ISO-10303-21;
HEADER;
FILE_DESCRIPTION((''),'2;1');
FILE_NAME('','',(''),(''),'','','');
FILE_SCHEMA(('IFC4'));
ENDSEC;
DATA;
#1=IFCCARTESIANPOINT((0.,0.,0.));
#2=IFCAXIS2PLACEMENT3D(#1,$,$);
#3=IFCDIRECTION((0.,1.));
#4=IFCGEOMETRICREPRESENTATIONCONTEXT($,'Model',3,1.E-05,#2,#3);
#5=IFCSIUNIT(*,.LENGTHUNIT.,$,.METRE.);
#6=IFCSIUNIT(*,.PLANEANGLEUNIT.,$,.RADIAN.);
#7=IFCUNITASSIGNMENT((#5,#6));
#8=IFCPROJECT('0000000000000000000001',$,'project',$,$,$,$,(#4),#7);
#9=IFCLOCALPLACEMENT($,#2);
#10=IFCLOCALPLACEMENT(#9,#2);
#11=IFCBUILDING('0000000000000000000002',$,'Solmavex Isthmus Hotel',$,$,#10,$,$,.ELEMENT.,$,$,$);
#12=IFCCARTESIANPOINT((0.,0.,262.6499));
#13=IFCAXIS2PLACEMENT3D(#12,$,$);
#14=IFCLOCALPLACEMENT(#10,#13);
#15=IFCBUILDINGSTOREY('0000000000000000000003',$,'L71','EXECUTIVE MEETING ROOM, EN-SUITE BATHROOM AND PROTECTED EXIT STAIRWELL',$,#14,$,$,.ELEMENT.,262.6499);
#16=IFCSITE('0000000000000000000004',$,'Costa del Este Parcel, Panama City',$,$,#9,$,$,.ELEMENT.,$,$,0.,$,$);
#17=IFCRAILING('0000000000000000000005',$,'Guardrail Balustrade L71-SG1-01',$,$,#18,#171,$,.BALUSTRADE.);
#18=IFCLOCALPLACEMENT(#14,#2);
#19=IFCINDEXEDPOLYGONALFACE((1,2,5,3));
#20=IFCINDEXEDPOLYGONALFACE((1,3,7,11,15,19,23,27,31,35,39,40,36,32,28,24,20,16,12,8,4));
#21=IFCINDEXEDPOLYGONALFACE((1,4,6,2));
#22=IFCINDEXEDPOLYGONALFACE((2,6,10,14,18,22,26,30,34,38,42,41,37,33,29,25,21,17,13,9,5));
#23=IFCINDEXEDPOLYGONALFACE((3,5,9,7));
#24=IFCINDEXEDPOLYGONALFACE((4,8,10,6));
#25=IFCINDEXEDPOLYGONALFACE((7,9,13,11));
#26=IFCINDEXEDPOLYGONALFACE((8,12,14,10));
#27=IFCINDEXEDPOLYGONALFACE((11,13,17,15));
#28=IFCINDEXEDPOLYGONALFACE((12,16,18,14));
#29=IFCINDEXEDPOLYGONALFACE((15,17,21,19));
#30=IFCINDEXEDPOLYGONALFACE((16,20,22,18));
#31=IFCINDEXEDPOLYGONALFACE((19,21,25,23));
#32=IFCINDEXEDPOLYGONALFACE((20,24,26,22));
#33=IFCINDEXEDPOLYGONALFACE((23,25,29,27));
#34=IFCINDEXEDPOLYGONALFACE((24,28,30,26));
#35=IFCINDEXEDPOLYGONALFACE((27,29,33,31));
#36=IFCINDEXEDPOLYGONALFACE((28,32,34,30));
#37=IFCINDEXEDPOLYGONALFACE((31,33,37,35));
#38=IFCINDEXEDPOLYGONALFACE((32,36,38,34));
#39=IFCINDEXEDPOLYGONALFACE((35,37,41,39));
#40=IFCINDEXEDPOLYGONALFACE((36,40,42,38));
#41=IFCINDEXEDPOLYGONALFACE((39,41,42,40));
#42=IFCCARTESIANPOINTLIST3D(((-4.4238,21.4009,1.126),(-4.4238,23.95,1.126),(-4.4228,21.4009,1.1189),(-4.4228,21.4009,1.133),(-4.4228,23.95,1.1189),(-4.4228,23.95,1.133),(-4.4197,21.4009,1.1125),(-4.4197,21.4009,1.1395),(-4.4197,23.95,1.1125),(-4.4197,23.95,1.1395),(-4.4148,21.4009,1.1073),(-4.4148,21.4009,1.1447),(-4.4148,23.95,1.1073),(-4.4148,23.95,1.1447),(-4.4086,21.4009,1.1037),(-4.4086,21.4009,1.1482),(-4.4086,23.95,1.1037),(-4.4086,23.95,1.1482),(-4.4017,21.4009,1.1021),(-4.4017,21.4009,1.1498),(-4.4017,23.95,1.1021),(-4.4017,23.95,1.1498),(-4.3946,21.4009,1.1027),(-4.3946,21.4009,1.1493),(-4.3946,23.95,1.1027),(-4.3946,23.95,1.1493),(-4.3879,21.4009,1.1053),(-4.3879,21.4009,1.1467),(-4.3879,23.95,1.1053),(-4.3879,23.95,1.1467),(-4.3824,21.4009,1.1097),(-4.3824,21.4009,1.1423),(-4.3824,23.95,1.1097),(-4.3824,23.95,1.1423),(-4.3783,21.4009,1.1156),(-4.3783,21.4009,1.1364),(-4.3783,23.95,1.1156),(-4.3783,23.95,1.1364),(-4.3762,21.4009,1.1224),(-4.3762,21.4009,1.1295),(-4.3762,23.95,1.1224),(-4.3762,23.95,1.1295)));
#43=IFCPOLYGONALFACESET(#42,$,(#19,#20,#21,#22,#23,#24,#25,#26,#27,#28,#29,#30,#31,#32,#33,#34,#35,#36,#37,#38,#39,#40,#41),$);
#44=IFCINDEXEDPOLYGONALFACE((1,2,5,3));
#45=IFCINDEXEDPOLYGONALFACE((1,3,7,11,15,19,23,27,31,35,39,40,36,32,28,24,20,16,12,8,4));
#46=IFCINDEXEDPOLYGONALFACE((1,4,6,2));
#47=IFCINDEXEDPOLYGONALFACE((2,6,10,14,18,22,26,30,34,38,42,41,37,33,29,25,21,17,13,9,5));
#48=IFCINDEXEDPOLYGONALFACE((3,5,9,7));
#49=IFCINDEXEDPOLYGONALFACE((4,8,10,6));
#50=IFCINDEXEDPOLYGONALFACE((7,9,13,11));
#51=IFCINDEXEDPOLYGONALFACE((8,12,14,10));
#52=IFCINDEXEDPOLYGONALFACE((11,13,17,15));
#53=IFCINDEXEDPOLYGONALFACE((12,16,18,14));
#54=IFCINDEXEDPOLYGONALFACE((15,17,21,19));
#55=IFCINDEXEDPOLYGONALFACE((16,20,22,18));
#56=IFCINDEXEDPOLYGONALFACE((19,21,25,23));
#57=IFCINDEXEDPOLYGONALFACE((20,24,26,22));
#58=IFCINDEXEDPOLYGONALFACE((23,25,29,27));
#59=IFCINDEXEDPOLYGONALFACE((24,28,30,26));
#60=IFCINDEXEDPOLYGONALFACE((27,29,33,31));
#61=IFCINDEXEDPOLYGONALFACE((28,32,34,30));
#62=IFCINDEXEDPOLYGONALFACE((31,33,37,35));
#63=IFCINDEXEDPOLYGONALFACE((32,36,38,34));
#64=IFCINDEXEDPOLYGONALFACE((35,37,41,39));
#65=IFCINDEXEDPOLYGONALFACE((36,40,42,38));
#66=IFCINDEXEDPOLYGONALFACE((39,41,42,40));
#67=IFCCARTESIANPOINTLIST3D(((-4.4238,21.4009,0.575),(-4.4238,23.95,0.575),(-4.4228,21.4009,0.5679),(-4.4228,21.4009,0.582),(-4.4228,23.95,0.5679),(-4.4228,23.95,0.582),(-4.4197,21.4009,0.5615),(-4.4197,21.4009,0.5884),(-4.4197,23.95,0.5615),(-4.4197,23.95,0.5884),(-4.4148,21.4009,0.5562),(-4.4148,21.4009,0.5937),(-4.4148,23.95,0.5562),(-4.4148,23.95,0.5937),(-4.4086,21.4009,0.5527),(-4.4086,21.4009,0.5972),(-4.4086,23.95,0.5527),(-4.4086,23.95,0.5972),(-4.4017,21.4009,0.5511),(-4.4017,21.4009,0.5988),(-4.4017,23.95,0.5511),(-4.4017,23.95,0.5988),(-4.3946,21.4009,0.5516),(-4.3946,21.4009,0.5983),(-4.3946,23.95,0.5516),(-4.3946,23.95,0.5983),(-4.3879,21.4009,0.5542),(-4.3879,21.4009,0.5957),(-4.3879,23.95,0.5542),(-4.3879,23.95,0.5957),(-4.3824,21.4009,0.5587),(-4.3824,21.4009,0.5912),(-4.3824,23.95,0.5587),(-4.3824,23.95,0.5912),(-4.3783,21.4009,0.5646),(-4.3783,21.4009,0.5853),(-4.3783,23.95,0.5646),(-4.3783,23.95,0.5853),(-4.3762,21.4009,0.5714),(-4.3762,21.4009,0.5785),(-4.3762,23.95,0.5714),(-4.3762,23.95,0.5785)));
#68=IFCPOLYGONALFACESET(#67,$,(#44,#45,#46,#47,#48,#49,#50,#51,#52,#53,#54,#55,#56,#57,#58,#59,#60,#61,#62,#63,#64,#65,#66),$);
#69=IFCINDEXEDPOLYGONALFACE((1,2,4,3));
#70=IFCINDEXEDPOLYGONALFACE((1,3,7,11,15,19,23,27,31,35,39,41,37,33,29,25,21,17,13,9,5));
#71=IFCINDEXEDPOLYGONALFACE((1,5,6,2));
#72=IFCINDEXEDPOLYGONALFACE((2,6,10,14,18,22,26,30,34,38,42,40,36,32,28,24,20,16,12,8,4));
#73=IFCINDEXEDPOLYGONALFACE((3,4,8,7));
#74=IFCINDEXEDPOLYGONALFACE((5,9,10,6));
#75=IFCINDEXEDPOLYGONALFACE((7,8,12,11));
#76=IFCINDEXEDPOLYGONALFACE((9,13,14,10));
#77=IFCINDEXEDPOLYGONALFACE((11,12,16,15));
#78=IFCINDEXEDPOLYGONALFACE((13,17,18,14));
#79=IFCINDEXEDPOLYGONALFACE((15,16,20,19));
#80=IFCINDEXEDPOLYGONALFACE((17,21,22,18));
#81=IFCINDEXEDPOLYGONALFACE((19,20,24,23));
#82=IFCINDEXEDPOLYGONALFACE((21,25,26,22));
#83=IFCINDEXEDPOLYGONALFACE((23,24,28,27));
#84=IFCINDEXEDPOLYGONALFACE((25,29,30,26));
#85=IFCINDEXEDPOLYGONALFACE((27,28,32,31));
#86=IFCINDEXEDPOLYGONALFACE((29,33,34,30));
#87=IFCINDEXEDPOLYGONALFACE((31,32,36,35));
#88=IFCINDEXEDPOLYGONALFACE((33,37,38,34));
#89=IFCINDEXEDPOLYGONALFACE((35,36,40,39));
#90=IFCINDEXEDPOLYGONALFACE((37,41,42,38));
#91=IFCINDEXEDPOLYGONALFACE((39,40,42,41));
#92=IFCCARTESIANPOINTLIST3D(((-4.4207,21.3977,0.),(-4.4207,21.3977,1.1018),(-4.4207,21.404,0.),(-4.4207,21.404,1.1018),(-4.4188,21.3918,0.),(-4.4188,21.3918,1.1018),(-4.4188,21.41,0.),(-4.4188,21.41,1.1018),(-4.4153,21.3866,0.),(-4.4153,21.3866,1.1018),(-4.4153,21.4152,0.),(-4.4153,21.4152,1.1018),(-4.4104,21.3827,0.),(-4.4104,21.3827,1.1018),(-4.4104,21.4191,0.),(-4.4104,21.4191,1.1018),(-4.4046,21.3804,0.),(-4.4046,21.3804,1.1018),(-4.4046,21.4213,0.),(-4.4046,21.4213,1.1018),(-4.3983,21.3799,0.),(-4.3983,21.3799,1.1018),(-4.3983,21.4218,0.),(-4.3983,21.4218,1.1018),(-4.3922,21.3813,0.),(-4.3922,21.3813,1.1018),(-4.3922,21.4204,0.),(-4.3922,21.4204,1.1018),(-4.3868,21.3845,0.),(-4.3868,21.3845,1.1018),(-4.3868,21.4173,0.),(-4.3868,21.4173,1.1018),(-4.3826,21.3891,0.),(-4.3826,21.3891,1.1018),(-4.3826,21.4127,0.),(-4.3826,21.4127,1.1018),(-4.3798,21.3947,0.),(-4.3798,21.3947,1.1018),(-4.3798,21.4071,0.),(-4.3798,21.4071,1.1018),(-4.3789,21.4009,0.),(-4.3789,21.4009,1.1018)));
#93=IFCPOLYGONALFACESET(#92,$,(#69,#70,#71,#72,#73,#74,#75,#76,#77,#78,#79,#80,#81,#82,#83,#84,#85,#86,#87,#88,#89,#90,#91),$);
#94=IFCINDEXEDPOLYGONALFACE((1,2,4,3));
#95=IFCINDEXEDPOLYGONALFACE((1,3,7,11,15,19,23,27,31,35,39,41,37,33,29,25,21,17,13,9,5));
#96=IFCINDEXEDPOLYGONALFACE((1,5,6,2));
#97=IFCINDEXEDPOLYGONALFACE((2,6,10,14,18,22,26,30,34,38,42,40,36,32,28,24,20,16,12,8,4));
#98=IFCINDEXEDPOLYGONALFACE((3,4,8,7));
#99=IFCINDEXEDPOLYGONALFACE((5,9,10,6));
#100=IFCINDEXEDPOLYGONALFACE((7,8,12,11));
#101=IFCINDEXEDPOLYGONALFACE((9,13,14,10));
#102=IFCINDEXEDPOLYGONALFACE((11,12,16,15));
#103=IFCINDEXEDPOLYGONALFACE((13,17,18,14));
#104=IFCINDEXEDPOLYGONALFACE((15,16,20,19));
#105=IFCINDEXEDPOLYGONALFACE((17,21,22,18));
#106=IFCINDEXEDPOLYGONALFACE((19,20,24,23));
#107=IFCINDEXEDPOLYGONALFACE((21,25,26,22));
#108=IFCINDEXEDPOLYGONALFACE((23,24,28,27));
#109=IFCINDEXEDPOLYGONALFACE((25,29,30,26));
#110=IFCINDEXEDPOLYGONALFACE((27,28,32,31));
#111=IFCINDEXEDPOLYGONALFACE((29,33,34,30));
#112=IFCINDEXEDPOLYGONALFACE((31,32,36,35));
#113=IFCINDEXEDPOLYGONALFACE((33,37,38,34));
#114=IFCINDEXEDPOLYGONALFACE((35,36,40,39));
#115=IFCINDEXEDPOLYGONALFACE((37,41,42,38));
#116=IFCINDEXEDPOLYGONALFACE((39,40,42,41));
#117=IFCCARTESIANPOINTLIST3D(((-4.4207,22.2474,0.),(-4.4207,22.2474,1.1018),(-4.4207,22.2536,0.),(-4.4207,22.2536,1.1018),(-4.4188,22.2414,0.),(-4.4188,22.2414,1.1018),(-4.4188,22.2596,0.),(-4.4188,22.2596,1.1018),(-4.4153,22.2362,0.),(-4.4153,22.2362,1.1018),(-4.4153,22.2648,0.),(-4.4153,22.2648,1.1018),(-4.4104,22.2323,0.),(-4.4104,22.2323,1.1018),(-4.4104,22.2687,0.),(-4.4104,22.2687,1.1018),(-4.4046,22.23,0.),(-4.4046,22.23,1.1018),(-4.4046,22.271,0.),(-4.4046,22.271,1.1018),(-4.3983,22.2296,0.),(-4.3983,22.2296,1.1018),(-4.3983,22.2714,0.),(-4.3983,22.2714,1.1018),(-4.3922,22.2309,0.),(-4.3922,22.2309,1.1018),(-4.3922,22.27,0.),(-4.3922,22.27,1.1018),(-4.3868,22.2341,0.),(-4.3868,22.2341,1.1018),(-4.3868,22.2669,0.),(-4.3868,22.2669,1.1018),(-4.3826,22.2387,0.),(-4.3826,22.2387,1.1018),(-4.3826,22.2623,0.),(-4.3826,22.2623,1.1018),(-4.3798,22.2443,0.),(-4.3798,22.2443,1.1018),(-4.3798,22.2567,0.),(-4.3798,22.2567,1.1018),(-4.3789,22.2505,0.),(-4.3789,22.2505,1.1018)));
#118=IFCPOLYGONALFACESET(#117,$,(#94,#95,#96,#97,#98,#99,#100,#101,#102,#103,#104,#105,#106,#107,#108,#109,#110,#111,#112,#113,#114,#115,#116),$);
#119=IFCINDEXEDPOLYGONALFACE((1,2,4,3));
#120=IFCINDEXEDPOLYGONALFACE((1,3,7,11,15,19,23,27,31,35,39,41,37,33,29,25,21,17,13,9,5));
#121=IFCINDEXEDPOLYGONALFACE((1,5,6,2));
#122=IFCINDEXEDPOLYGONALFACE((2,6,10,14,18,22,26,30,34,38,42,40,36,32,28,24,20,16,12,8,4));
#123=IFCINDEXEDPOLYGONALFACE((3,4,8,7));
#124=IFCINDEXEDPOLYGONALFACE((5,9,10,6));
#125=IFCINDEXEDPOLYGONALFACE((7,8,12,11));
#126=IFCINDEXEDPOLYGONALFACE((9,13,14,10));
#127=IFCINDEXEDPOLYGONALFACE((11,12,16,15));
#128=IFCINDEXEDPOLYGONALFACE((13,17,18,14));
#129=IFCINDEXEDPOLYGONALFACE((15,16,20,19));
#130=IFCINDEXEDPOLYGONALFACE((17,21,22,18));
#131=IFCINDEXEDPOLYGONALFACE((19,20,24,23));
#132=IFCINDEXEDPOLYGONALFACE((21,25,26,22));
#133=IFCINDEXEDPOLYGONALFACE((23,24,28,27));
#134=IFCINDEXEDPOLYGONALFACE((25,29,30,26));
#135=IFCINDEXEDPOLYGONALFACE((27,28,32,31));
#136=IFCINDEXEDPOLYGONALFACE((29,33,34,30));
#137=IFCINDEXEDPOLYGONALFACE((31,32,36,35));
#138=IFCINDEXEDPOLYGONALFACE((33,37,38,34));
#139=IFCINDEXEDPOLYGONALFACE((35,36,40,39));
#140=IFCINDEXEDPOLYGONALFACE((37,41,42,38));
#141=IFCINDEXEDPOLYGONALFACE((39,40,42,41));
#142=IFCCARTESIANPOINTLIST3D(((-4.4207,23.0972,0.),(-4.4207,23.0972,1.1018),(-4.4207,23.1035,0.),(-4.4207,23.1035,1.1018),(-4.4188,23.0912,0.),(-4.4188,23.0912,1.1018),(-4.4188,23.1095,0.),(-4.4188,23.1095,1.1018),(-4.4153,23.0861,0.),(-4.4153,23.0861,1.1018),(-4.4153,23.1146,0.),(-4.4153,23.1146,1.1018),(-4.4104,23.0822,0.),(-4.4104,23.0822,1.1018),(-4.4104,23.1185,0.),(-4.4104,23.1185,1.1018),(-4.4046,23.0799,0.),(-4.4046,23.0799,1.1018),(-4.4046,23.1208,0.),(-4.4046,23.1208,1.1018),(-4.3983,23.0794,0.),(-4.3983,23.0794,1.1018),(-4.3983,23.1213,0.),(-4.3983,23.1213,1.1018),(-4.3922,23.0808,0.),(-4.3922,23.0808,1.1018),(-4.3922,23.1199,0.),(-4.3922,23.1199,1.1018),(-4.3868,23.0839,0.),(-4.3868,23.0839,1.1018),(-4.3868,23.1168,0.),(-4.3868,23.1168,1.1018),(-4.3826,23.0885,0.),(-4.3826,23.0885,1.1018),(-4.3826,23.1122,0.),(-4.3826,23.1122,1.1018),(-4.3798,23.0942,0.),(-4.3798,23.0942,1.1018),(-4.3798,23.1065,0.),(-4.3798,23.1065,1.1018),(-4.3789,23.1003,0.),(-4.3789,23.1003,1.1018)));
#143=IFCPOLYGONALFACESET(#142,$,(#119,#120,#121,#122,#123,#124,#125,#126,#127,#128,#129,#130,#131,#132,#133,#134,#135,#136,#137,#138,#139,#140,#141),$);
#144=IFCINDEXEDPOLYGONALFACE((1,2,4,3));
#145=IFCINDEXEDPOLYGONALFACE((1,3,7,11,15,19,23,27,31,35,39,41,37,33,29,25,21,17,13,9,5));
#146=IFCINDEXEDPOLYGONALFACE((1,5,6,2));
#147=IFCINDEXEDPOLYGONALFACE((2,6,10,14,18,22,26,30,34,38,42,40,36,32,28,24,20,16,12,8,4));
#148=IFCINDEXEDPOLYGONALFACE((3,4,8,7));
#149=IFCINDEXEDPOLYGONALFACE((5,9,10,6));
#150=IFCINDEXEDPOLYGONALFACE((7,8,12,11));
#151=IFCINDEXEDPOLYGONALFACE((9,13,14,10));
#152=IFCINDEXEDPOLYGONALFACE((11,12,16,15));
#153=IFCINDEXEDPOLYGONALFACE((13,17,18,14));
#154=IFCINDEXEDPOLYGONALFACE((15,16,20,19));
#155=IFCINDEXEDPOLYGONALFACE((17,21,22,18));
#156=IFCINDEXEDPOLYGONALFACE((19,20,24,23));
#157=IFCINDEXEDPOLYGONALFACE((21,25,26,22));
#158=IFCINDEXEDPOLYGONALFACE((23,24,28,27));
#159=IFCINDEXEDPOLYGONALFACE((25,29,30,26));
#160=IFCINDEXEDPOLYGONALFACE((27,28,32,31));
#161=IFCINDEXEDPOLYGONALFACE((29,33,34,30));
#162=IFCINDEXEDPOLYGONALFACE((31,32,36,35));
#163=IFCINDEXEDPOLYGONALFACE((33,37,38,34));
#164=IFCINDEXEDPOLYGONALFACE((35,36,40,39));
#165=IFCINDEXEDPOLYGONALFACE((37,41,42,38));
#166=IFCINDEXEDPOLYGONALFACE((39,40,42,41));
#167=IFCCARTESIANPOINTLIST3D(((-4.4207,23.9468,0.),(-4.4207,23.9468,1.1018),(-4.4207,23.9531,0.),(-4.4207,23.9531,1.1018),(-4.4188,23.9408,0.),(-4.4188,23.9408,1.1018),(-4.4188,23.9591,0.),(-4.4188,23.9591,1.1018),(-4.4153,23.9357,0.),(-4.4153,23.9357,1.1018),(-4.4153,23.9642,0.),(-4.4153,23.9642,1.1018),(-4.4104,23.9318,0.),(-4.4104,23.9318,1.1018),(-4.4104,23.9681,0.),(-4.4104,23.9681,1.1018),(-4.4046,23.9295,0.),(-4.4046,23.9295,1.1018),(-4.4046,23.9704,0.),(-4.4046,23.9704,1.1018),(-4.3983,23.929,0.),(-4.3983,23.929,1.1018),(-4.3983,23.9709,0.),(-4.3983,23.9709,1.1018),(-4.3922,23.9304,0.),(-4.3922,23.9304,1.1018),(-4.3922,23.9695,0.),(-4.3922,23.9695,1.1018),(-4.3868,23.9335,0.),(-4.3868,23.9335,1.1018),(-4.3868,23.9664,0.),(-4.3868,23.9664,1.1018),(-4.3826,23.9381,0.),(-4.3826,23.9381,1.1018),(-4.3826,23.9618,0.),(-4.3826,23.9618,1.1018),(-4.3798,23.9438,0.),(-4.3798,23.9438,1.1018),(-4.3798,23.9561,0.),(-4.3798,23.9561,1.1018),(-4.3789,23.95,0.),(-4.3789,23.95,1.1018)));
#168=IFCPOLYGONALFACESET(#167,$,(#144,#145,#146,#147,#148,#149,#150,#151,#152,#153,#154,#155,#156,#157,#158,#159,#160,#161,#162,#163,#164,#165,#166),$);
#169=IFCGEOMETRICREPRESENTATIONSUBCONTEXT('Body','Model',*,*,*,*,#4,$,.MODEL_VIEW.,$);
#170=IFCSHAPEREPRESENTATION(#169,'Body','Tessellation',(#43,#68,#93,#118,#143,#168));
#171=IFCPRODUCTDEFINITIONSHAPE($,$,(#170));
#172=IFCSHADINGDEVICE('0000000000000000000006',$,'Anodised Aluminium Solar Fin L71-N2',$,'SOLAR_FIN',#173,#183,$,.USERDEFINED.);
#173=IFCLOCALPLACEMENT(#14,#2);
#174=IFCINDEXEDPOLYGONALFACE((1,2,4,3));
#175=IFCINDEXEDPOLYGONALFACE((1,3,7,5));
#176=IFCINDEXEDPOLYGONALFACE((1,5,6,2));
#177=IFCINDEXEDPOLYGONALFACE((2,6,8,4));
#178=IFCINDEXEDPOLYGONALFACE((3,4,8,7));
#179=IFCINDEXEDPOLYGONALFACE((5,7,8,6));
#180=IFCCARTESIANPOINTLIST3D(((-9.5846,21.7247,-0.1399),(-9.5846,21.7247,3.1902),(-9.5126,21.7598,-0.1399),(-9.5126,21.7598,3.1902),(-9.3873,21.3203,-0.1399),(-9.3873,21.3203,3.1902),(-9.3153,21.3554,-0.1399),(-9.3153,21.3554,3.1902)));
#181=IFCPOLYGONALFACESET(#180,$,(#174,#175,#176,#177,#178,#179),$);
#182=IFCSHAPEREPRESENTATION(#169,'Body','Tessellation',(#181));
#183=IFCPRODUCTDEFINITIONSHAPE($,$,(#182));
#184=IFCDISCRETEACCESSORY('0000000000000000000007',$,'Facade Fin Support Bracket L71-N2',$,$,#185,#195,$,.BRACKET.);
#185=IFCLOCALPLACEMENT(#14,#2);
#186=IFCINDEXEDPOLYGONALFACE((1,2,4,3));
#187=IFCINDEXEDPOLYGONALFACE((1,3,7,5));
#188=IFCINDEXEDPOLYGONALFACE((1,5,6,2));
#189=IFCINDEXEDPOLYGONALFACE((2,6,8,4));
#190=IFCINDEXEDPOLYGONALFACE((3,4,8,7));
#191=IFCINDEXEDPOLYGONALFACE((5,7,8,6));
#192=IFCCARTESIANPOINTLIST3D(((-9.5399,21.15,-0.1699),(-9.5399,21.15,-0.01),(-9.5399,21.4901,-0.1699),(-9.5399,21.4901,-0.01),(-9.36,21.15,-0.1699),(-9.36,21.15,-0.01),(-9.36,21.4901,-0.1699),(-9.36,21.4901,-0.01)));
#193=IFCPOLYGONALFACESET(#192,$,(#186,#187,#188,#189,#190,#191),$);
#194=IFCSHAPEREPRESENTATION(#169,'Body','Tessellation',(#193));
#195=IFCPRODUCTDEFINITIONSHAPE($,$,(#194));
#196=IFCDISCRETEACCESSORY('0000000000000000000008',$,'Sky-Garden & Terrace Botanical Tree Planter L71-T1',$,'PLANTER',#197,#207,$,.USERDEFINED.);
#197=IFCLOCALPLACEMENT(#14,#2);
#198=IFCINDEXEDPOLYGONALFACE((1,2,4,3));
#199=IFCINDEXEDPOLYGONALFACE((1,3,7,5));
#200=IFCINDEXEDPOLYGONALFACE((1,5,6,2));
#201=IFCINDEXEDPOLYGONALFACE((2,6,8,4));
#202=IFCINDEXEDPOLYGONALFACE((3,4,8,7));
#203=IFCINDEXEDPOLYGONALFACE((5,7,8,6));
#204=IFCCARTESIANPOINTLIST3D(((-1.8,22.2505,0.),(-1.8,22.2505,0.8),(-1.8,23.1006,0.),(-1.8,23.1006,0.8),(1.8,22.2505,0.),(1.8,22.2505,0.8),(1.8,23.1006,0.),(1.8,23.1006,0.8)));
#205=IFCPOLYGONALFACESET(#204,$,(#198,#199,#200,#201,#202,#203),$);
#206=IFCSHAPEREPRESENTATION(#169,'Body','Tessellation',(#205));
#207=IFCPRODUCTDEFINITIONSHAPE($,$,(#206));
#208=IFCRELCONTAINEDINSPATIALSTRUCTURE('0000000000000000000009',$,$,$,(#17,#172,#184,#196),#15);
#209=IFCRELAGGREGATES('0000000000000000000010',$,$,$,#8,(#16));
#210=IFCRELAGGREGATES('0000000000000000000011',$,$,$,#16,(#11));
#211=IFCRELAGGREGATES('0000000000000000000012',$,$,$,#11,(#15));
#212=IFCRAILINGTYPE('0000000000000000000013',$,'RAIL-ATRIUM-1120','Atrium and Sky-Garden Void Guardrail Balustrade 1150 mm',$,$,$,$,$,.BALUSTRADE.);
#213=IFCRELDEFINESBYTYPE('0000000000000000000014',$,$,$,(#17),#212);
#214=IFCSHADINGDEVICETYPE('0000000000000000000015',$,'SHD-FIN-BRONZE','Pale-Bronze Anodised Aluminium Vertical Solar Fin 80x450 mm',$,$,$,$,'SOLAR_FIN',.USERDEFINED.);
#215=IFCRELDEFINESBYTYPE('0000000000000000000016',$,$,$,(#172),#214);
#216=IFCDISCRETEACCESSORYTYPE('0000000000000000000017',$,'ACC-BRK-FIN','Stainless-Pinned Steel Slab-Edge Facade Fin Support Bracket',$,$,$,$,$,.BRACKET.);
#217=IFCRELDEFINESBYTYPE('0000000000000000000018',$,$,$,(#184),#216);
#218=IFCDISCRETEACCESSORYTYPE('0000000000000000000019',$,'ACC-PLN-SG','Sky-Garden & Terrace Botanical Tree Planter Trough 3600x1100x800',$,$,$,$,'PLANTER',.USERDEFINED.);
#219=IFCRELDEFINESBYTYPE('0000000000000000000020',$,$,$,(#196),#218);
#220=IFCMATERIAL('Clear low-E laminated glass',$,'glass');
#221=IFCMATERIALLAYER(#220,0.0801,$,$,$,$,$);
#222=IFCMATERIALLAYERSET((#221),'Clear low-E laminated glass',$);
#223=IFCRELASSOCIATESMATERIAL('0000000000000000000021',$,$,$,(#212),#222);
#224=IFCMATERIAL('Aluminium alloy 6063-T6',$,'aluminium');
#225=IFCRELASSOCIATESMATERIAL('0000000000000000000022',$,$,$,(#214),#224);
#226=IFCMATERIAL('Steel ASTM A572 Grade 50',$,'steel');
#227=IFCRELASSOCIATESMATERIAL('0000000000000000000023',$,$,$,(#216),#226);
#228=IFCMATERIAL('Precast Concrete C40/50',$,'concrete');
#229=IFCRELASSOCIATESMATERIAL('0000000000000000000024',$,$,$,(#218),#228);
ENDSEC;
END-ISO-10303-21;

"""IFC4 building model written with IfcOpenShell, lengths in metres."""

from ifc_helpers import new_model, si_unit, direction, frame, origin, origin_2d, place, context, subcontext, project, spatial, rectangle, circle, extrude, material, layer, layer_set, type_object, element, save


model = new_model("IFC4")

# Units and contexts
model_context = context("Model", 3, precision=1e-05, world=origin(), true_north=direction((0.0, 1.0)))
body_context = subcontext(model_context, "Body", "Model", "MODEL_VIEW")
ifc_project = project(units=[si_unit("LENGTHUNIT", "METRE"), si_unit("PLANEANGLEUNIT", "RADIAN")], contexts=[model_context])

# Site, building, storey
site_placement = place(None, origin())
site = spatial("IfcSite", under=ifc_project, at=site_placement, Name="Costa del Este Parcel, Panama City", CompositionType="ELEMENT", RefElevation=0.0)
building_placement = place(site_placement, origin())
building = spatial("IfcBuilding", under=site, at=building_placement, Name="Solmavex Isthmus Hotel", CompositionType="ELEMENT")
storey_placement = place(building_placement, frame((0.0, 0.0, 262.6499)))
storey = spatial("IfcBuildingStorey", under=building, at=storey_placement, Name="L71", Description="EXECUTIVE MEETING ROOM, EN-SUITE BATHROOM AND PROTECTED EXIT STAIRWELL", CompositionType="ELEMENT", Elevation=262.6499)

# Shared definitions
ifc_material_1 = material(Name="Aluminium alloy 6063-T6", Category="aluminium")

# Shared definitions
ifc_material_2 = material(Name="Clear low-E laminated glass", Category="glass")

# Shared definitions
ifc_material_3 = material(Name="Precast Concrete C40/50", Category="concrete")

# Railing
ifc_layer_1 = layer(ifc_material_2, 0.0801)
ifc_layer_set_1 = layer_set([ifc_layer_1], Name="Clear low-E laminated glass")
railing_type = type_object("IfcRailingType", Name="RAIL-ATRIUM-1120", Description="Atrium and Sky-Garden Void Guardrail Balustrade 1150 mm", PredefinedType="BALUSTRADE", material=ifc_layer_set_1)
railing_1_placement = place(storey_placement, frame((-4.3999, 21.4009, 0.0)))
element("IfcRailing", 1, at=railing_1_placement, inside=storey, type_object=railing_type, Name="Guardrail Balustrade L71-SG1-01", PredefinedType="BALUSTRADE", context=body_context, shape_type="SweptSolid", body=[
    extrude(circle(Radius=0.0239, at=origin_2d()), frame((0.0, 0.0, 1.126), z_axis=(0.0, 1.0, 0.0), x_axis=(-1.0, 0.0, 0.0)), (0.0, 0.0, 1.0), 2.5491),
    extrude(circle(Radius=0.0239, at=origin_2d()), frame((0.0, 0.0, 0.575), z_axis=(0.0, 1.0, 0.0), x_axis=(-1.0, 0.0, 0.0)), (0.0, 0.0, 1.0), 2.5491),
    extrude(circle(Radius=0.021, at=origin_2d()), origin(), (0.0, 0.0, 1.0), 1.1018),
    extrude(circle(Radius=0.021, at=origin_2d()), frame((0.0, 0.8496, 0.0)), (0.0, 0.0, 1.0), 1.1018),
    extrude(circle(Radius=0.021, at=origin_2d()), frame((0.0, 1.6995, 0.0)), (0.0, 0.0, 1.0), 1.1018),
    extrude(circle(Radius=0.021, at=origin_2d()), frame((0.0, 2.5491, 0.0)), (0.0, 0.0, 1.0), 1.1018),
])

# Shading device
shading_device_type = type_object("IfcShadingDeviceType", Name="SHD-FIN-BRONZE", Description="Pale-Bronze Anodised Aluminium Vertical Solar Fin 80x450 mm", ElementType="SOLAR_FIN", PredefinedType="USERDEFINED", material=ifc_material_1)
shading_device_placement = place(storey_placement, frame((-9.45, 21.54, -0.1399), z_axis=(0.0, 0.0, 1.0), x_axis=(-0.438371, 0.898794, 0.0)))
element("IfcShadingDevice", 2, at=shading_device_placement, inside=storey, type_object=shading_device_type, Name="Anodised Aluminium Solar Fin L71-N2", ObjectType="SOLAR_FIN", PredefinedType="USERDEFINED", context=body_context, shape_type="SweptSolid", body=[
    extrude(rectangle(XDim=0.45, YDim=0.0801, at=origin_2d()), origin(), (0.0, 0.0, 1.0), 3.3301),
])

# Discrete accessories
ifc_material_4 = material(Name="Steel ASTM A572 Grade 50", Category="steel")
discrete_accessory_type_1 = type_object("IfcDiscreteAccessoryType", Name="ACC-BRK-FIN", Description="Stainless-Pinned Steel Slab-Edge Facade Fin Support Bracket", PredefinedType="BRACKET", material=ifc_material_4)
discrete_accessory_1_placement = place(storey_placement, frame((-9.45, 21.3201, -0.1699), z_axis=(0.0, 0.0, 1.0), x_axis=(0.0, 1.0, 0.0)))
element("IfcDiscreteAccessory", 3, at=discrete_accessory_1_placement, inside=storey, type_object=discrete_accessory_type_1, Name="Facade Fin Support Bracket L71-N2", PredefinedType="BRACKET", context=body_context, shape_type="SweptSolid", body=[
    extrude(rectangle(XDim=0.3401, YDim=0.1799, at=origin_2d()), origin(), (0.0, 0.0, 1.0), 0.1599),
])
discrete_accessory_type_2 = type_object("IfcDiscreteAccessoryType", Name="ACC-PLN-SG", Description="Sky-Garden & Terrace Botanical Tree Planter Trough 3600x1100x800", ElementType="PLANTER", PredefinedType="USERDEFINED", material=ifc_material_3)
discrete_accessory_2_placement = place(storey_placement, frame((0.0, 22.6755, 0.0), z_axis=(0.0, 0.0, 1.0), x_axis=(1.0, 0.0, 0.0)))
element("IfcDiscreteAccessory", 4, at=discrete_accessory_2_placement, inside=storey, type_object=discrete_accessory_type_2, Name="Sky-Garden & Terrace Botanical Tree Planter L71-T1", ObjectType="PLANTER", PredefinedType="USERDEFINED", context=body_context, shape_type="SweptSolid", body=[
    extrude(rectangle(XDim=3.6001, YDim=0.8501, at=origin_2d()), origin(), (0.0, 0.0, 1.0), 0.8),
])

save(model, "model.ifc")
